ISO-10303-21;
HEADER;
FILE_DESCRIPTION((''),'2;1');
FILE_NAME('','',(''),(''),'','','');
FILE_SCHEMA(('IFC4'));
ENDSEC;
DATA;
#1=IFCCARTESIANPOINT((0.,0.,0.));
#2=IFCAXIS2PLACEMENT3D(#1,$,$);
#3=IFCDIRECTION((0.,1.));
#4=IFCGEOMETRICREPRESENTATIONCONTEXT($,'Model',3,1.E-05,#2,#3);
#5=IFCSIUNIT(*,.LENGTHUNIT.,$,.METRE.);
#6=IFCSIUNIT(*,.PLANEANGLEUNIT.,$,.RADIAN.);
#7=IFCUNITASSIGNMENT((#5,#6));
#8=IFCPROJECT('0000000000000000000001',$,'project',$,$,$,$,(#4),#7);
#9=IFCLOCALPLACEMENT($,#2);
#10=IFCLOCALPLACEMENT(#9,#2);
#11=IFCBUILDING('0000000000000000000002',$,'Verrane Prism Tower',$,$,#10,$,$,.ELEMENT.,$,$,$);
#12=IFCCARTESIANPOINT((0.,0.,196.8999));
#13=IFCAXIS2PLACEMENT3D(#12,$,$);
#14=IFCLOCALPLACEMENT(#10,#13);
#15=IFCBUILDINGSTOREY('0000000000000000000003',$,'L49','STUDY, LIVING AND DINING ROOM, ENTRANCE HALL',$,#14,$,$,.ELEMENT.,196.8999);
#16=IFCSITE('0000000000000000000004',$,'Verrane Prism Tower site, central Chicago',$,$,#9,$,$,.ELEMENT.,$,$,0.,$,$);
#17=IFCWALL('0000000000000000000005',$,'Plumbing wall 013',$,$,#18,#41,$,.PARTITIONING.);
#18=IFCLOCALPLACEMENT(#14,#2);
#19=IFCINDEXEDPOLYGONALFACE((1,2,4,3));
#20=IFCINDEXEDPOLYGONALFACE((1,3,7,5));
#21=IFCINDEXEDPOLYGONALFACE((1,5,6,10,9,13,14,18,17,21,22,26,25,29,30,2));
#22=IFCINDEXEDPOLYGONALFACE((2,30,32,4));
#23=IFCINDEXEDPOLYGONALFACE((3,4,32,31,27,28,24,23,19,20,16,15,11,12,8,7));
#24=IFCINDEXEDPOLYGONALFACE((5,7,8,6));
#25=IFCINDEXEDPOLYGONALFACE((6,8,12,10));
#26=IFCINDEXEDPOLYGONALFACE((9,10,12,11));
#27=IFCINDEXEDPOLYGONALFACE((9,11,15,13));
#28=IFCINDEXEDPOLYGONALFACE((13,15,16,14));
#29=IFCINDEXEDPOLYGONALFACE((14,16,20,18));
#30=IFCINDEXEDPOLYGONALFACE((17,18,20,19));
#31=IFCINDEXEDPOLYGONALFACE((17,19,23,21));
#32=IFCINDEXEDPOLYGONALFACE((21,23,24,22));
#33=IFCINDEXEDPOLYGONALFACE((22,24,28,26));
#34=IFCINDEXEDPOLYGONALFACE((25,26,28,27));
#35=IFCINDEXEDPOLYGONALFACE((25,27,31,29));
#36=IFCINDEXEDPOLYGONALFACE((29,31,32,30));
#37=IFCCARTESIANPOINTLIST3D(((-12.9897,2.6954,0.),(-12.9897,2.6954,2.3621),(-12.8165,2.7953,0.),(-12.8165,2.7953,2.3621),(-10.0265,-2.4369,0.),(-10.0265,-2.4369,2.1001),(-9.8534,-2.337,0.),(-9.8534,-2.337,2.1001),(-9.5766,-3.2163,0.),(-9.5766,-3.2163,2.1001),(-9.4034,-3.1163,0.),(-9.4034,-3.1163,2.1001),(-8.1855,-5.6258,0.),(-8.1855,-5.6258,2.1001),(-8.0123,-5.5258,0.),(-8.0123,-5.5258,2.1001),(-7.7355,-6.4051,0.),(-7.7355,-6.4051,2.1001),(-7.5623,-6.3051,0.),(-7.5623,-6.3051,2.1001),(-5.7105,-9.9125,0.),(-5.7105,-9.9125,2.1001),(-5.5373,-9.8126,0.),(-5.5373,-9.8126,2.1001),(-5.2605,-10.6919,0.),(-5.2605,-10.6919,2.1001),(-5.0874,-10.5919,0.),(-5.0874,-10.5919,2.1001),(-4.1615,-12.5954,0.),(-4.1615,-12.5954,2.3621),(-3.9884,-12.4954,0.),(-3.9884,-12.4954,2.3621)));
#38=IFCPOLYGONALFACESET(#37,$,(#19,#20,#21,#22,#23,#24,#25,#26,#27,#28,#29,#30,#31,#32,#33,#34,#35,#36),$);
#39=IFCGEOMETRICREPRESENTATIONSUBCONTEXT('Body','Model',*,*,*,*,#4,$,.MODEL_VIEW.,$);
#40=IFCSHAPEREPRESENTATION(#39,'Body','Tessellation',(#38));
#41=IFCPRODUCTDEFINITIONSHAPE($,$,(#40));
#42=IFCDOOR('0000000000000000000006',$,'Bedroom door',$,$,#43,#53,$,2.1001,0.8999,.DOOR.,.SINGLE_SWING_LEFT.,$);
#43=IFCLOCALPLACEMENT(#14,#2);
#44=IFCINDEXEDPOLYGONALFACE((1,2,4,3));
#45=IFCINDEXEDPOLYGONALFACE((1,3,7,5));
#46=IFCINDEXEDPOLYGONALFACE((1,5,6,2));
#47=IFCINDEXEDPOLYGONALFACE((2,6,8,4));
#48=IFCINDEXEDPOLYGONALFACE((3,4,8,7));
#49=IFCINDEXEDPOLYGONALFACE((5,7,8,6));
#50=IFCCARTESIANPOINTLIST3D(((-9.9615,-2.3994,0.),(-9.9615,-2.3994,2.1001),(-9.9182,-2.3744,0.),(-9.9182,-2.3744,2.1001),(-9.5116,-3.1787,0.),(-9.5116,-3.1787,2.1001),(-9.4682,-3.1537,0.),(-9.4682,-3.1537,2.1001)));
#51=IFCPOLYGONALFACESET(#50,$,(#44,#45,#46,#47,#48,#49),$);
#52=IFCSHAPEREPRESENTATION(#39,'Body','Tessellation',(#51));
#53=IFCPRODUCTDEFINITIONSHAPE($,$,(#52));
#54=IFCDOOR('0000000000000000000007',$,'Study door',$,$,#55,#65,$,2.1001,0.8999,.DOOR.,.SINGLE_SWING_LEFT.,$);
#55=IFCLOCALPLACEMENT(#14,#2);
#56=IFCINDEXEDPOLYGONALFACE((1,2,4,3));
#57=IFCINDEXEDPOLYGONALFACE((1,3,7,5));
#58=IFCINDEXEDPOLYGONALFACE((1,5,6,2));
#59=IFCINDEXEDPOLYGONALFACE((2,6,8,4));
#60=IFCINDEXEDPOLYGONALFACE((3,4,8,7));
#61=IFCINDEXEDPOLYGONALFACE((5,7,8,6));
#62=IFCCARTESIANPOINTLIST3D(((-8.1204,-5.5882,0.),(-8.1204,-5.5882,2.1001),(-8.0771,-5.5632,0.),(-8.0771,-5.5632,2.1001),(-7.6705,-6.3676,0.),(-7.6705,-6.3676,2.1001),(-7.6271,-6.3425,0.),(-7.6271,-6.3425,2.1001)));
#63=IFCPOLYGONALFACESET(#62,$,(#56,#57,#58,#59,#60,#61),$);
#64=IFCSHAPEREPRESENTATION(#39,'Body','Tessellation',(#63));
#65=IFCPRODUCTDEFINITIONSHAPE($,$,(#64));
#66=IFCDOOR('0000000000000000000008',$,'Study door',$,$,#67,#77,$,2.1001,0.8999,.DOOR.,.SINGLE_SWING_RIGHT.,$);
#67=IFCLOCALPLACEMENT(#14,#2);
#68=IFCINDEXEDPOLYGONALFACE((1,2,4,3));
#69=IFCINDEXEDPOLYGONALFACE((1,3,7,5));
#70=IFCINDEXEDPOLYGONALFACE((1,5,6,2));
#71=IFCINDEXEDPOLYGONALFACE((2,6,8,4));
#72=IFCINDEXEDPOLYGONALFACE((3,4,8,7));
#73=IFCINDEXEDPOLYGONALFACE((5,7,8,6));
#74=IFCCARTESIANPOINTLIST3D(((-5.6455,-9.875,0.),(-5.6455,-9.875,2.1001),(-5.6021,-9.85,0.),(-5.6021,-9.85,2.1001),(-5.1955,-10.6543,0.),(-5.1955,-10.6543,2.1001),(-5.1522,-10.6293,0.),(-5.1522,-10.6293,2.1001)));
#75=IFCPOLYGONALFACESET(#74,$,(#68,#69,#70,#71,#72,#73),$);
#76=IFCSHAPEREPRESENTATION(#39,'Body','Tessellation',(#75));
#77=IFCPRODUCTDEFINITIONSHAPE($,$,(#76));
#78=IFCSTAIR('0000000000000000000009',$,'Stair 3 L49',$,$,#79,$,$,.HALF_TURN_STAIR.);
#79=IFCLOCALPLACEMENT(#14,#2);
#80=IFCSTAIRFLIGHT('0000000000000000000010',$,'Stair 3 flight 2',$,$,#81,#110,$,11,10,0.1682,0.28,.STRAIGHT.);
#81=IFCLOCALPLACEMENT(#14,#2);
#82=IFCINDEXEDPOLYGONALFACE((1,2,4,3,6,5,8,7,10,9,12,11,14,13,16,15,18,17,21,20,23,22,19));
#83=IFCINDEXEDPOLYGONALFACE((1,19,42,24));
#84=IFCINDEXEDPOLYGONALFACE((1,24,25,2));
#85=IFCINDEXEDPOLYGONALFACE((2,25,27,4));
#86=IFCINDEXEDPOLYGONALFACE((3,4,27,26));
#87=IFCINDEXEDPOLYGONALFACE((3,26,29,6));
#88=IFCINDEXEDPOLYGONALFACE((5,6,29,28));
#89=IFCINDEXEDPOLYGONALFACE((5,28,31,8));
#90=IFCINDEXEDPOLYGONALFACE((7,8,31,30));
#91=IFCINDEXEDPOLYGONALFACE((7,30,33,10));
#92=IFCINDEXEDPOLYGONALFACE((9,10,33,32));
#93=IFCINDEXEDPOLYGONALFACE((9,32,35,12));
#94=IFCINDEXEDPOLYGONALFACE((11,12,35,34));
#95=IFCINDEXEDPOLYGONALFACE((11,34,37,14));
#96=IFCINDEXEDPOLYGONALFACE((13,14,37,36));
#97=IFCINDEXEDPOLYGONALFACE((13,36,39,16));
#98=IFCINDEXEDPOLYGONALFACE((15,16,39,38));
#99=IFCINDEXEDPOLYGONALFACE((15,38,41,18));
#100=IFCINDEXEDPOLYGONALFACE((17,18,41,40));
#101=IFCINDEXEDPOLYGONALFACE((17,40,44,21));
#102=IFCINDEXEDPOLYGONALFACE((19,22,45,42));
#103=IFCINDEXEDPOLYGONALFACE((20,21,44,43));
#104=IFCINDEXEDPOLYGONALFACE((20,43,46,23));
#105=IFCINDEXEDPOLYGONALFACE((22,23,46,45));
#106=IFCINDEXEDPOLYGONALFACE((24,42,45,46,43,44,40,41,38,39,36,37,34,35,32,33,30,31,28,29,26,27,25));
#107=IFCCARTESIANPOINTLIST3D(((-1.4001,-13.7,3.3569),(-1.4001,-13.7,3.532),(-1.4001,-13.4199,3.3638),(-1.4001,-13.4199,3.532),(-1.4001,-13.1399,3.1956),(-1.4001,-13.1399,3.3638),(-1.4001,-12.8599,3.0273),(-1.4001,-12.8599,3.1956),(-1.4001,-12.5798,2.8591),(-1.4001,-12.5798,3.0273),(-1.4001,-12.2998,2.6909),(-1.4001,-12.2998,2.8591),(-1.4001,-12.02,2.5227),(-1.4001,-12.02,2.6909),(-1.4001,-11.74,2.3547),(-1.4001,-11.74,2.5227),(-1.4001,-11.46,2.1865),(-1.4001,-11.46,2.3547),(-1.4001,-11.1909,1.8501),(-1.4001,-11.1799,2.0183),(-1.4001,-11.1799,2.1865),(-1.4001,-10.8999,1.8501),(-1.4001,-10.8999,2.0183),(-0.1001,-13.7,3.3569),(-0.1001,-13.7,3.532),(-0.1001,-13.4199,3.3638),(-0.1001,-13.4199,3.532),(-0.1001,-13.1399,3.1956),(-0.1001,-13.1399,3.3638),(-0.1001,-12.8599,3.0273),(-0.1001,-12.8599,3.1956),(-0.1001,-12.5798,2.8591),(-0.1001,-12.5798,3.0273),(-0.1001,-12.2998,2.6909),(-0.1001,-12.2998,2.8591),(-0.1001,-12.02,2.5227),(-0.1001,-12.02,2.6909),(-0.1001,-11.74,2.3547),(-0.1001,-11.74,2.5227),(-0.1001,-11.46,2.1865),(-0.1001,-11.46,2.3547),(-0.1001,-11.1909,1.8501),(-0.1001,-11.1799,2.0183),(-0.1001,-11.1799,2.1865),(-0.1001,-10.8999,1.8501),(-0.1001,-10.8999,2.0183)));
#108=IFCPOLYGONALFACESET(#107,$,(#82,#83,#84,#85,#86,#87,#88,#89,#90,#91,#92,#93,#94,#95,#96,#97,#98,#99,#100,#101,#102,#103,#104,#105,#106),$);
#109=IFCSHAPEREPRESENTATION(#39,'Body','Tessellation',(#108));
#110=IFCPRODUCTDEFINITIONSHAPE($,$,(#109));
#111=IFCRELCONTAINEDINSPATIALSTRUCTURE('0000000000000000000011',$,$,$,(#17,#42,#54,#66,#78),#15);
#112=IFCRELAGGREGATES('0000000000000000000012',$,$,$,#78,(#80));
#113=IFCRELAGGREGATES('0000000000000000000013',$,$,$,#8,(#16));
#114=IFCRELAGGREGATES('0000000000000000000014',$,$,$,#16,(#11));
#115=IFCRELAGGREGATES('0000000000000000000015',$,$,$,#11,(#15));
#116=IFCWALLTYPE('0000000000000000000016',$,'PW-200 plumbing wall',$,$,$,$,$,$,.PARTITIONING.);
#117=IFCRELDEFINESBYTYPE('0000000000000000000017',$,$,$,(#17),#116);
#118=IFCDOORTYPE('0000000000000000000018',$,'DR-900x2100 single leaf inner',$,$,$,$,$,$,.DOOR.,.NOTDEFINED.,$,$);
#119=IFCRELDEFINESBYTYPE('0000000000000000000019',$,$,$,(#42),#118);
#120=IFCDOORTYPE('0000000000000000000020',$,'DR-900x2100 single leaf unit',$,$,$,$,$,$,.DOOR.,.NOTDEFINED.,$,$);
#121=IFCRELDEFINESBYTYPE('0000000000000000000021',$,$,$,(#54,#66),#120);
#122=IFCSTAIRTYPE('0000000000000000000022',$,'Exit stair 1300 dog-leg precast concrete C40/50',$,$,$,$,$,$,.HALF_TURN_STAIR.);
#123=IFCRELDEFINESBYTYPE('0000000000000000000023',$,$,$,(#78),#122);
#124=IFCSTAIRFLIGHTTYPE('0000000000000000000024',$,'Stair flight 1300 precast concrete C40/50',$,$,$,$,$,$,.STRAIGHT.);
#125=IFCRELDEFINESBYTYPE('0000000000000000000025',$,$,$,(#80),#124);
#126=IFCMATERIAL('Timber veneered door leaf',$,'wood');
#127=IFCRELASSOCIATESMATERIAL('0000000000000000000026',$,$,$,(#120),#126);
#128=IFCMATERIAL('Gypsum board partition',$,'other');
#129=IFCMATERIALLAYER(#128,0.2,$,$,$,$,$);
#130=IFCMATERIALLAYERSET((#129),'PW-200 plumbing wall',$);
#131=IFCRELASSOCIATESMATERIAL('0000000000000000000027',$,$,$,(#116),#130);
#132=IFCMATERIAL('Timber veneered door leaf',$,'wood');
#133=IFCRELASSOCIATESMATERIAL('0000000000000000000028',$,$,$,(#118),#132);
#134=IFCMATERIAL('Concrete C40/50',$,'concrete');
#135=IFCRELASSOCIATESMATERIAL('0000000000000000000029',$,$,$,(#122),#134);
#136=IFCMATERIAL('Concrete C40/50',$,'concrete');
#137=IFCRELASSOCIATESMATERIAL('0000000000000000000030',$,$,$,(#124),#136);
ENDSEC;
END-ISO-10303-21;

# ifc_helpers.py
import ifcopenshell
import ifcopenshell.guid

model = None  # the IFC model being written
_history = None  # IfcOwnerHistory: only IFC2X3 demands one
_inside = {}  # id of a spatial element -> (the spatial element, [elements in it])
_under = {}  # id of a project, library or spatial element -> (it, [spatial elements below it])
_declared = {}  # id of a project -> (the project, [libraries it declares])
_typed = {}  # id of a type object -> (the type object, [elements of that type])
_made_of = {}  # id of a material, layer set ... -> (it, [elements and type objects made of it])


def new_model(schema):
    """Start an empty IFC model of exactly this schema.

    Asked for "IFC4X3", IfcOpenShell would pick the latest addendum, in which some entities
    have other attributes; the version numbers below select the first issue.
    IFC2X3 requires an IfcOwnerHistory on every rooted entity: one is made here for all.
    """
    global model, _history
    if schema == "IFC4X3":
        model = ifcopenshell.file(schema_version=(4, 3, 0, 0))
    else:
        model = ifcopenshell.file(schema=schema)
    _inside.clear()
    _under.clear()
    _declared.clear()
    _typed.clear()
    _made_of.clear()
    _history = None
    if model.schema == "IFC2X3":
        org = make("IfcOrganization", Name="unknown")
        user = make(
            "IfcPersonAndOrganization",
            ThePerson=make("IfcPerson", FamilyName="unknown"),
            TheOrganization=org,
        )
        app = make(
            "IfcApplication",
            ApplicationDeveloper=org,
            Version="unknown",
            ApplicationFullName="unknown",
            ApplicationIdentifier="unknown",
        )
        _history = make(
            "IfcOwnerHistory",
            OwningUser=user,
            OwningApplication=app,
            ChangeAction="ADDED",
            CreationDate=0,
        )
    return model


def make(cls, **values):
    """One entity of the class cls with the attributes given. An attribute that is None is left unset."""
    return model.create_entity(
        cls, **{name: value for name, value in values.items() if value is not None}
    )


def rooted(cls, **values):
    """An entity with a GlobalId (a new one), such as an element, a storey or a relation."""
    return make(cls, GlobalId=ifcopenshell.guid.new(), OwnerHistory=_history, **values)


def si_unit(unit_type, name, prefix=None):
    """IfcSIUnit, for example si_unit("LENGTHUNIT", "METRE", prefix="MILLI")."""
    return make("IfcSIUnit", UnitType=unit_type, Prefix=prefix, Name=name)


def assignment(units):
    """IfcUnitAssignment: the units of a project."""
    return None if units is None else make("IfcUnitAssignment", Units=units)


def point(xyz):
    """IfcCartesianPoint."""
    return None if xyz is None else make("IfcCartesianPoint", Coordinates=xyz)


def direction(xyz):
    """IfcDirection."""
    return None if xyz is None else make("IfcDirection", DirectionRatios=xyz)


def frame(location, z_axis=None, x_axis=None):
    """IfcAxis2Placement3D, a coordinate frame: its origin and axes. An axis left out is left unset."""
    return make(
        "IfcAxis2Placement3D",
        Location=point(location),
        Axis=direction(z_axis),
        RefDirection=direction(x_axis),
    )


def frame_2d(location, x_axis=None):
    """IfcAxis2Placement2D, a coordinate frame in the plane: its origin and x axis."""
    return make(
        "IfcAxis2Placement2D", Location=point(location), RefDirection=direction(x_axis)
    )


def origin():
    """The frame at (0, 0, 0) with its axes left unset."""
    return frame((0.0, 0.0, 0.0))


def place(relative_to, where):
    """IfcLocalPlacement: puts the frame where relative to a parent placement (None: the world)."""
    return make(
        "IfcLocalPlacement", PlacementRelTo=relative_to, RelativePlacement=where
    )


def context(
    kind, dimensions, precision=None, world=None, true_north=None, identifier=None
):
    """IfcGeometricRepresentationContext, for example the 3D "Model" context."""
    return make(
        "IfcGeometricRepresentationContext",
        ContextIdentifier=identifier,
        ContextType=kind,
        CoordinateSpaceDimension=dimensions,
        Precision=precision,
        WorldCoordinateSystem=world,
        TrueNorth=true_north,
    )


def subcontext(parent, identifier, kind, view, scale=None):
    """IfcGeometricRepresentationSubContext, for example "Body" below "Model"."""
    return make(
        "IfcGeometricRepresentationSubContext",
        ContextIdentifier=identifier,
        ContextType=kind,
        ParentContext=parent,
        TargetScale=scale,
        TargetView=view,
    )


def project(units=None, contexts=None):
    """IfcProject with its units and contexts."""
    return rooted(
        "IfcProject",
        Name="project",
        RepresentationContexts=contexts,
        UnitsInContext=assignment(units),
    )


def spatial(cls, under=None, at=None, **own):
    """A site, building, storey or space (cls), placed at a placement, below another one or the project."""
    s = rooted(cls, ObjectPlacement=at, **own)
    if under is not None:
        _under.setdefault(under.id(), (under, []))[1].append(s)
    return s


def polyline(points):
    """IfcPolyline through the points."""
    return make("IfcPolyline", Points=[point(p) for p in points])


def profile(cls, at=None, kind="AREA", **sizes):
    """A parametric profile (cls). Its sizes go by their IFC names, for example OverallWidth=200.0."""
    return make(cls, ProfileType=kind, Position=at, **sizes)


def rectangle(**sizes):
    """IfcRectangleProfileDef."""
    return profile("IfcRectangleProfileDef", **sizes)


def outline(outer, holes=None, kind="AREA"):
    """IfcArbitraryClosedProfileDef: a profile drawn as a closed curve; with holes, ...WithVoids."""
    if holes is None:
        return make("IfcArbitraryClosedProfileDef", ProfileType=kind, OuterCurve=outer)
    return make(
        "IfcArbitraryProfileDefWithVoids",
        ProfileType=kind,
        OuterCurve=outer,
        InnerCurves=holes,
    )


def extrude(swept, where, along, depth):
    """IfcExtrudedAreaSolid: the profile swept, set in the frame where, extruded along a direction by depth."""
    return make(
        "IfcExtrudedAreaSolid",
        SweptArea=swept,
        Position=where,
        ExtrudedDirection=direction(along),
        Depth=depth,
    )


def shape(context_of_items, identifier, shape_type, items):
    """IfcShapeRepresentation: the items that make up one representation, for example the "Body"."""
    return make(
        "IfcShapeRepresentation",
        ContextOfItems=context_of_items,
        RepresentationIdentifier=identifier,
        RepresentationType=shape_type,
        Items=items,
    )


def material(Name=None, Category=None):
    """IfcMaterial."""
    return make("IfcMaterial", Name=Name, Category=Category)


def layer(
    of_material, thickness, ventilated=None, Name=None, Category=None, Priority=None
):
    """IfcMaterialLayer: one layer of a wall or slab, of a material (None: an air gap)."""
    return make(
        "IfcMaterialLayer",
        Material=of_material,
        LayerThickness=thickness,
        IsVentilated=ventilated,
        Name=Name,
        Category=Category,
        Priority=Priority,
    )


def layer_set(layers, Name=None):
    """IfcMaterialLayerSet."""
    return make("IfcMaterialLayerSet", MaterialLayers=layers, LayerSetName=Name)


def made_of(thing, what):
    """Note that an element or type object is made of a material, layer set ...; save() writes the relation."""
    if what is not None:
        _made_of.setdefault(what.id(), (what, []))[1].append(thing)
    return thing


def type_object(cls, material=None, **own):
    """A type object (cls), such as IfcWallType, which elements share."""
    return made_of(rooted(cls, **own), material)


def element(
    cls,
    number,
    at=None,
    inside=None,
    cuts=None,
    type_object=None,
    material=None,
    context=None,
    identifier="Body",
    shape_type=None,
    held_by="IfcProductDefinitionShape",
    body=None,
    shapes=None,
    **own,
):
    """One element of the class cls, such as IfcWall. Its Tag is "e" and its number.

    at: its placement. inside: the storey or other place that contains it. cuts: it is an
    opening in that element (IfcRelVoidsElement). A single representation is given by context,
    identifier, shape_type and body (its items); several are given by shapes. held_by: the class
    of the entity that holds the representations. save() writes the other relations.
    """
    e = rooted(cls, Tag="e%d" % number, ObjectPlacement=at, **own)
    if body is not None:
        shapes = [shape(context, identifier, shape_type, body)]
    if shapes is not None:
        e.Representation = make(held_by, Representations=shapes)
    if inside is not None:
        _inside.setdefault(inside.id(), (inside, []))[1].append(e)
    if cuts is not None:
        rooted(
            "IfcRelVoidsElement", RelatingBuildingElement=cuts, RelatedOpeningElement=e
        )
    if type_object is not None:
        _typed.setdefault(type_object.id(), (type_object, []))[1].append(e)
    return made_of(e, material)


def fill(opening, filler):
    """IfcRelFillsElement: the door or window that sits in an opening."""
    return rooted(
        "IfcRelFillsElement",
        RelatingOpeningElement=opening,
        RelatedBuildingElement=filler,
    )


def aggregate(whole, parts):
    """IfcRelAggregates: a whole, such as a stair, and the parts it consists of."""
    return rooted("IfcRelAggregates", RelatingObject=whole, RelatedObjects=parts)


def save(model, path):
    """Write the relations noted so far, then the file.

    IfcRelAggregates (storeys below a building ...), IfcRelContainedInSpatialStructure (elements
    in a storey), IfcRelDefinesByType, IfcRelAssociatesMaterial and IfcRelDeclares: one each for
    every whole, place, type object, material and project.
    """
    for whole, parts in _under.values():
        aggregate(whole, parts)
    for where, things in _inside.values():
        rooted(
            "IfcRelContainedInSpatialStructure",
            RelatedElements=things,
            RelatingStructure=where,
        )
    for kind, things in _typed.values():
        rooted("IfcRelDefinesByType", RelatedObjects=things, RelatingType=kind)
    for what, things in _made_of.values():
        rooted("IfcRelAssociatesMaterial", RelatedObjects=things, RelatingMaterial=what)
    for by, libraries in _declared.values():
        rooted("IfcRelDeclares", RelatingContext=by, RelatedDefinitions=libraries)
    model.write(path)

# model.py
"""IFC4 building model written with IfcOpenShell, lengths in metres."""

from ifc_helpers import new_model, si_unit, direction, frame, frame_2d, origin, place, context, subcontext, project, spatial, polyline, rectangle, outline, extrude, material, layer, layer_set, type_object, element, fill, aggregate, save


model = new_model("IFC4")

# Units and contexts
model_context = context("Model", 3, precision=1e-05, world=origin(), true_north=direction((0.0, 1.0)))
body_context = subcontext(model_context, "Body", "Model", "MODEL_VIEW")
ifc_project = project(units=[si_unit("LENGTHUNIT", "METRE"), si_unit("PLANEANGLEUNIT", "RADIAN")], contexts=[model_context])

# Site, building, storey
site_placement = place(None, origin())
site = spatial("IfcSite", under=ifc_project, at=site_placement, Name="Verrane Prism Tower site, central Chicago", CompositionType="ELEMENT", RefElevation=0.0)
building_placement = place(site_placement, origin())
building = spatial("IfcBuilding", under=site, at=building_placement, Name="Verrane Prism Tower", CompositionType="ELEMENT")
storey_placement = place(building_placement, frame((0.0, 0.0, 196.8999)))
storey = spatial("IfcBuildingStorey", under=building, at=storey_placement, Name="L49", Description="STUDY, LIVING AND DINING ROOM, ENTRANCE HALL", CompositionType="ELEMENT", Elevation=196.8999)

# Shared definitions
ifc_material_1 = material(Name="Timber veneered door leaf", Category="wood")
door_type_1 = type_object("IfcDoorType", Name="DR-900x2100 single leaf unit", OperationType="NOTDEFINED", PredefinedType="DOOR", material=ifc_material_1)

# Wall, openings, doors
ifc_material_2 = material(Name="Gypsum board partition", Category="other")
ifc_layer_1 = layer(ifc_material_2, 0.2)
ifc_layer_set_1 = layer_set([ifc_layer_1], Name="PW-200 plumbing wall")
wall_type_1 = type_object("IfcWallType", Name="PW-200 plumbing wall", PredefinedType="PARTITIONING", material=ifc_layer_set_1)
wall_1_placement = place(storey_placement, frame((-4.075, -12.5454, 0.0), z_axis=(0.0, 0.0, 1.0), x_axis=(-0.5, 0.866026, 0.0)))
wall_1 = element("IfcWall", 1, at=wall_1_placement, inside=storey, type_object=wall_type_1, Name="Plumbing wall 013", PredefinedType="PARTITIONING", context=body_context, shape_type="SweptSolid", body=[
    extrude(rectangle(XDim=17.6562, YDim=0.2, at=frame_2d((8.8281, 0.0))), origin(), (0.0, 0.0, 1.0), 2.3621),
])
opening_1_placement = place(wall_1_placement, frame((10.8301, 0.0, 0.0)))
opening_1 = element("IfcOpeningElement", 2, at=opening_1_placement, cuts=wall_1, PredefinedType="OPENING", context=body_context, shape_type="SweptSolid", body=[
    extrude(rectangle(XDim=0.8999, YDim=2.1001, at=frame_2d((0.45, 1.05))), frame((0.0, 0.1099, 0.0), z_axis=(0.0, -1.0, 0.0), x_axis=(1.0, 0.0, 0.0)), (0.0, 0.0, 1.0), 0.22),
])
opening_2_placement = place(wall_1_placement, frame((7.1479, 0.0, 0.0)))
opening_2 = element("IfcOpeningElement", 3, at=opening_2_placement, cuts=wall_1, PredefinedType="OPENING", context=body_context, shape_type="SweptSolid", body=[
    extrude(rectangle(XDim=0.8999, YDim=2.1001, at=frame_2d((0.45, 1.05))), frame((0.0, 0.1099, 0.0), z_axis=(0.0, -1.0, 0.0), x_axis=(1.0, 0.0, 0.0)), (0.0, 0.0, 1.0), 0.22),
])
opening_3_placement = place(wall_1_placement, frame((2.198, 0.0, 0.0)))
opening_3 = element("IfcOpeningElement", 4, at=opening_3_placement, cuts=wall_1, PredefinedType="OPENING", context=body_context, shape_type="SweptSolid", body=[
    extrude(rectangle(XDim=0.8999, YDim=2.1001, at=frame_2d((0.45, 1.05))), frame((0.0, 0.1099, 0.0), z_axis=(0.0, -1.0, 0.0), x_axis=(1.0, 0.0, 0.0)), (0.0, 0.0, 1.0), 0.22),
])
ifc_material_3 = material(Name="Timber veneered door leaf", Category="wood")
door_type_2 = type_object("IfcDoorType", Name="DR-900x2100 single leaf inner", OperationType="NOTDEFINED", PredefinedType="DOOR", material=ifc_material_3)
door_1_placement = place(opening_1_placement, origin())
door_1 = element("IfcDoor", 5, at=door_1_placement, inside=storey, type_object=door_type_2, Name="Bedroom door", OperationType="SINGLE_SWING_LEFT", OverallHeight=2.1001, OverallWidth=0.8999, PredefinedType="DOOR", context=body_context, shape_type="SweptSolid", body=[
    extrude(rectangle(XDim=0.8999, YDim=2.1001, at=frame_2d((0.45, 1.05))), frame((0.0, 0.0249, 0.0), z_axis=(0.0, -1.0, 0.0), x_axis=(1.0, 0.0, 0.0)), (0.0, 0.0, 1.0), 0.05),
])
fill(opening_1, door_1)
door_2_placement = place(opening_2_placement, origin())
door_2 = element("IfcDoor", 6, at=door_2_placement, inside=storey, type_object=door_type_1, Name="Study door", OperationType="SINGLE_SWING_LEFT", OverallHeight=2.1001, OverallWidth=0.8999, PredefinedType="DOOR", context=body_context, shape_type="SweptSolid", body=[
    extrude(rectangle(XDim=0.8999, YDim=2.1001, at=frame_2d((0.45, 1.05))), frame((0.0, 0.0249, 0.0), z_axis=(0.0, -1.0, 0.0), x_axis=(1.0, 0.0, 0.0)), (0.0, 0.0, 1.0), 0.05),
])
fill(opening_2, door_2)
door_3_placement = place(opening_3_placement, origin())
door_3 = element("IfcDoor", 7, at=door_3_placement, inside=storey, type_object=door_type_1, Name="Study door", OperationType="SINGLE_SWING_RIGHT", OverallHeight=2.1001, OverallWidth=0.8999, PredefinedType="DOOR", context=body_context, shape_type="SweptSolid", body=[
    extrude(rectangle(XDim=0.8999, YDim=2.1001, at=frame_2d((0.45, 1.05))), frame((0.0, 0.0249, 0.0), z_axis=(0.0, -1.0, 0.0), x_axis=(1.0, 0.0, 0.0)), (0.0, 0.0, 1.0), 0.05),
])
fill(opening_3, door_3)

# Stair, stair flight
ifc_material_4 = material(Name="Concrete C40/50", Category="concrete")
stair_type = type_object("IfcStairType", Name="Exit stair 1300 dog-leg precast concrete C40/50", PredefinedType="HALF_TURN_STAIR", material=ifc_material_4)
stair_placement = place(storey_placement, origin())
stair = element("IfcStair", 8, at=stair_placement, inside=storey, type_object=stair_type, Name="Stair 3 L49", PredefinedType="HALF_TURN_STAIR")
ifc_material_5 = material(Name="Concrete C40/50", Category="concrete")
stair_flight_type = type_object("IfcStairFlightType", Name="Stair flight 1300 precast concrete C40/50", PredefinedType="STRAIGHT", material=ifc_material_5)
stair_flight_placement = place(storey_placement, frame((-0.75, -10.8999, 1.8501), z_axis=(0.0, 0.0, 1.0), x_axis=(0.0, -1.0, 0.0)))
stair_flight = element("IfcStairFlight", 9, at=stair_flight_placement, type_object=stair_flight_type, Name="Stair 3 flight 2", NumberOfRisers=11, NumberOfTreads=10, PredefinedType="STRAIGHT", RiserHeight=0.1682, TreadLength=0.28, context=body_context, shape_type="SweptSolid", body=[
    extrude(outline(polyline([(0.0, 0.0), (0.0, 0.1682), (0.28, 0.1682), (0.28, 0.3364), (0.5601, 0.3364), (0.5601, 0.5046), (0.8401, 0.5046), (0.8401, 0.6726), (1.1201, 0.6726), (1.1201, 0.8408), (1.3999, 0.8408), (1.3999, 1.009), (1.6799, 1.009), (1.6799, 1.1772), (1.96, 1.1772), (1.96, 1.3455), (2.24, 1.3455), (2.24, 1.5137), (2.52, 1.5137), (2.52, 1.6819), (2.8, 1.6819), (2.8, 1.8501), (2.8, 1.5068), (0.291, 0.0), (0.0, 0.0)])), frame((0.0, 0.6499, 0.0), z_axis=(0.0, -1.0, 0.0), x_axis=(1.0, 0.0, 0.0)), (0.0, 0.0, 1.0), 1.3),
])
aggregate(stair, [stair_flight])

save(model, "model.ifc")
